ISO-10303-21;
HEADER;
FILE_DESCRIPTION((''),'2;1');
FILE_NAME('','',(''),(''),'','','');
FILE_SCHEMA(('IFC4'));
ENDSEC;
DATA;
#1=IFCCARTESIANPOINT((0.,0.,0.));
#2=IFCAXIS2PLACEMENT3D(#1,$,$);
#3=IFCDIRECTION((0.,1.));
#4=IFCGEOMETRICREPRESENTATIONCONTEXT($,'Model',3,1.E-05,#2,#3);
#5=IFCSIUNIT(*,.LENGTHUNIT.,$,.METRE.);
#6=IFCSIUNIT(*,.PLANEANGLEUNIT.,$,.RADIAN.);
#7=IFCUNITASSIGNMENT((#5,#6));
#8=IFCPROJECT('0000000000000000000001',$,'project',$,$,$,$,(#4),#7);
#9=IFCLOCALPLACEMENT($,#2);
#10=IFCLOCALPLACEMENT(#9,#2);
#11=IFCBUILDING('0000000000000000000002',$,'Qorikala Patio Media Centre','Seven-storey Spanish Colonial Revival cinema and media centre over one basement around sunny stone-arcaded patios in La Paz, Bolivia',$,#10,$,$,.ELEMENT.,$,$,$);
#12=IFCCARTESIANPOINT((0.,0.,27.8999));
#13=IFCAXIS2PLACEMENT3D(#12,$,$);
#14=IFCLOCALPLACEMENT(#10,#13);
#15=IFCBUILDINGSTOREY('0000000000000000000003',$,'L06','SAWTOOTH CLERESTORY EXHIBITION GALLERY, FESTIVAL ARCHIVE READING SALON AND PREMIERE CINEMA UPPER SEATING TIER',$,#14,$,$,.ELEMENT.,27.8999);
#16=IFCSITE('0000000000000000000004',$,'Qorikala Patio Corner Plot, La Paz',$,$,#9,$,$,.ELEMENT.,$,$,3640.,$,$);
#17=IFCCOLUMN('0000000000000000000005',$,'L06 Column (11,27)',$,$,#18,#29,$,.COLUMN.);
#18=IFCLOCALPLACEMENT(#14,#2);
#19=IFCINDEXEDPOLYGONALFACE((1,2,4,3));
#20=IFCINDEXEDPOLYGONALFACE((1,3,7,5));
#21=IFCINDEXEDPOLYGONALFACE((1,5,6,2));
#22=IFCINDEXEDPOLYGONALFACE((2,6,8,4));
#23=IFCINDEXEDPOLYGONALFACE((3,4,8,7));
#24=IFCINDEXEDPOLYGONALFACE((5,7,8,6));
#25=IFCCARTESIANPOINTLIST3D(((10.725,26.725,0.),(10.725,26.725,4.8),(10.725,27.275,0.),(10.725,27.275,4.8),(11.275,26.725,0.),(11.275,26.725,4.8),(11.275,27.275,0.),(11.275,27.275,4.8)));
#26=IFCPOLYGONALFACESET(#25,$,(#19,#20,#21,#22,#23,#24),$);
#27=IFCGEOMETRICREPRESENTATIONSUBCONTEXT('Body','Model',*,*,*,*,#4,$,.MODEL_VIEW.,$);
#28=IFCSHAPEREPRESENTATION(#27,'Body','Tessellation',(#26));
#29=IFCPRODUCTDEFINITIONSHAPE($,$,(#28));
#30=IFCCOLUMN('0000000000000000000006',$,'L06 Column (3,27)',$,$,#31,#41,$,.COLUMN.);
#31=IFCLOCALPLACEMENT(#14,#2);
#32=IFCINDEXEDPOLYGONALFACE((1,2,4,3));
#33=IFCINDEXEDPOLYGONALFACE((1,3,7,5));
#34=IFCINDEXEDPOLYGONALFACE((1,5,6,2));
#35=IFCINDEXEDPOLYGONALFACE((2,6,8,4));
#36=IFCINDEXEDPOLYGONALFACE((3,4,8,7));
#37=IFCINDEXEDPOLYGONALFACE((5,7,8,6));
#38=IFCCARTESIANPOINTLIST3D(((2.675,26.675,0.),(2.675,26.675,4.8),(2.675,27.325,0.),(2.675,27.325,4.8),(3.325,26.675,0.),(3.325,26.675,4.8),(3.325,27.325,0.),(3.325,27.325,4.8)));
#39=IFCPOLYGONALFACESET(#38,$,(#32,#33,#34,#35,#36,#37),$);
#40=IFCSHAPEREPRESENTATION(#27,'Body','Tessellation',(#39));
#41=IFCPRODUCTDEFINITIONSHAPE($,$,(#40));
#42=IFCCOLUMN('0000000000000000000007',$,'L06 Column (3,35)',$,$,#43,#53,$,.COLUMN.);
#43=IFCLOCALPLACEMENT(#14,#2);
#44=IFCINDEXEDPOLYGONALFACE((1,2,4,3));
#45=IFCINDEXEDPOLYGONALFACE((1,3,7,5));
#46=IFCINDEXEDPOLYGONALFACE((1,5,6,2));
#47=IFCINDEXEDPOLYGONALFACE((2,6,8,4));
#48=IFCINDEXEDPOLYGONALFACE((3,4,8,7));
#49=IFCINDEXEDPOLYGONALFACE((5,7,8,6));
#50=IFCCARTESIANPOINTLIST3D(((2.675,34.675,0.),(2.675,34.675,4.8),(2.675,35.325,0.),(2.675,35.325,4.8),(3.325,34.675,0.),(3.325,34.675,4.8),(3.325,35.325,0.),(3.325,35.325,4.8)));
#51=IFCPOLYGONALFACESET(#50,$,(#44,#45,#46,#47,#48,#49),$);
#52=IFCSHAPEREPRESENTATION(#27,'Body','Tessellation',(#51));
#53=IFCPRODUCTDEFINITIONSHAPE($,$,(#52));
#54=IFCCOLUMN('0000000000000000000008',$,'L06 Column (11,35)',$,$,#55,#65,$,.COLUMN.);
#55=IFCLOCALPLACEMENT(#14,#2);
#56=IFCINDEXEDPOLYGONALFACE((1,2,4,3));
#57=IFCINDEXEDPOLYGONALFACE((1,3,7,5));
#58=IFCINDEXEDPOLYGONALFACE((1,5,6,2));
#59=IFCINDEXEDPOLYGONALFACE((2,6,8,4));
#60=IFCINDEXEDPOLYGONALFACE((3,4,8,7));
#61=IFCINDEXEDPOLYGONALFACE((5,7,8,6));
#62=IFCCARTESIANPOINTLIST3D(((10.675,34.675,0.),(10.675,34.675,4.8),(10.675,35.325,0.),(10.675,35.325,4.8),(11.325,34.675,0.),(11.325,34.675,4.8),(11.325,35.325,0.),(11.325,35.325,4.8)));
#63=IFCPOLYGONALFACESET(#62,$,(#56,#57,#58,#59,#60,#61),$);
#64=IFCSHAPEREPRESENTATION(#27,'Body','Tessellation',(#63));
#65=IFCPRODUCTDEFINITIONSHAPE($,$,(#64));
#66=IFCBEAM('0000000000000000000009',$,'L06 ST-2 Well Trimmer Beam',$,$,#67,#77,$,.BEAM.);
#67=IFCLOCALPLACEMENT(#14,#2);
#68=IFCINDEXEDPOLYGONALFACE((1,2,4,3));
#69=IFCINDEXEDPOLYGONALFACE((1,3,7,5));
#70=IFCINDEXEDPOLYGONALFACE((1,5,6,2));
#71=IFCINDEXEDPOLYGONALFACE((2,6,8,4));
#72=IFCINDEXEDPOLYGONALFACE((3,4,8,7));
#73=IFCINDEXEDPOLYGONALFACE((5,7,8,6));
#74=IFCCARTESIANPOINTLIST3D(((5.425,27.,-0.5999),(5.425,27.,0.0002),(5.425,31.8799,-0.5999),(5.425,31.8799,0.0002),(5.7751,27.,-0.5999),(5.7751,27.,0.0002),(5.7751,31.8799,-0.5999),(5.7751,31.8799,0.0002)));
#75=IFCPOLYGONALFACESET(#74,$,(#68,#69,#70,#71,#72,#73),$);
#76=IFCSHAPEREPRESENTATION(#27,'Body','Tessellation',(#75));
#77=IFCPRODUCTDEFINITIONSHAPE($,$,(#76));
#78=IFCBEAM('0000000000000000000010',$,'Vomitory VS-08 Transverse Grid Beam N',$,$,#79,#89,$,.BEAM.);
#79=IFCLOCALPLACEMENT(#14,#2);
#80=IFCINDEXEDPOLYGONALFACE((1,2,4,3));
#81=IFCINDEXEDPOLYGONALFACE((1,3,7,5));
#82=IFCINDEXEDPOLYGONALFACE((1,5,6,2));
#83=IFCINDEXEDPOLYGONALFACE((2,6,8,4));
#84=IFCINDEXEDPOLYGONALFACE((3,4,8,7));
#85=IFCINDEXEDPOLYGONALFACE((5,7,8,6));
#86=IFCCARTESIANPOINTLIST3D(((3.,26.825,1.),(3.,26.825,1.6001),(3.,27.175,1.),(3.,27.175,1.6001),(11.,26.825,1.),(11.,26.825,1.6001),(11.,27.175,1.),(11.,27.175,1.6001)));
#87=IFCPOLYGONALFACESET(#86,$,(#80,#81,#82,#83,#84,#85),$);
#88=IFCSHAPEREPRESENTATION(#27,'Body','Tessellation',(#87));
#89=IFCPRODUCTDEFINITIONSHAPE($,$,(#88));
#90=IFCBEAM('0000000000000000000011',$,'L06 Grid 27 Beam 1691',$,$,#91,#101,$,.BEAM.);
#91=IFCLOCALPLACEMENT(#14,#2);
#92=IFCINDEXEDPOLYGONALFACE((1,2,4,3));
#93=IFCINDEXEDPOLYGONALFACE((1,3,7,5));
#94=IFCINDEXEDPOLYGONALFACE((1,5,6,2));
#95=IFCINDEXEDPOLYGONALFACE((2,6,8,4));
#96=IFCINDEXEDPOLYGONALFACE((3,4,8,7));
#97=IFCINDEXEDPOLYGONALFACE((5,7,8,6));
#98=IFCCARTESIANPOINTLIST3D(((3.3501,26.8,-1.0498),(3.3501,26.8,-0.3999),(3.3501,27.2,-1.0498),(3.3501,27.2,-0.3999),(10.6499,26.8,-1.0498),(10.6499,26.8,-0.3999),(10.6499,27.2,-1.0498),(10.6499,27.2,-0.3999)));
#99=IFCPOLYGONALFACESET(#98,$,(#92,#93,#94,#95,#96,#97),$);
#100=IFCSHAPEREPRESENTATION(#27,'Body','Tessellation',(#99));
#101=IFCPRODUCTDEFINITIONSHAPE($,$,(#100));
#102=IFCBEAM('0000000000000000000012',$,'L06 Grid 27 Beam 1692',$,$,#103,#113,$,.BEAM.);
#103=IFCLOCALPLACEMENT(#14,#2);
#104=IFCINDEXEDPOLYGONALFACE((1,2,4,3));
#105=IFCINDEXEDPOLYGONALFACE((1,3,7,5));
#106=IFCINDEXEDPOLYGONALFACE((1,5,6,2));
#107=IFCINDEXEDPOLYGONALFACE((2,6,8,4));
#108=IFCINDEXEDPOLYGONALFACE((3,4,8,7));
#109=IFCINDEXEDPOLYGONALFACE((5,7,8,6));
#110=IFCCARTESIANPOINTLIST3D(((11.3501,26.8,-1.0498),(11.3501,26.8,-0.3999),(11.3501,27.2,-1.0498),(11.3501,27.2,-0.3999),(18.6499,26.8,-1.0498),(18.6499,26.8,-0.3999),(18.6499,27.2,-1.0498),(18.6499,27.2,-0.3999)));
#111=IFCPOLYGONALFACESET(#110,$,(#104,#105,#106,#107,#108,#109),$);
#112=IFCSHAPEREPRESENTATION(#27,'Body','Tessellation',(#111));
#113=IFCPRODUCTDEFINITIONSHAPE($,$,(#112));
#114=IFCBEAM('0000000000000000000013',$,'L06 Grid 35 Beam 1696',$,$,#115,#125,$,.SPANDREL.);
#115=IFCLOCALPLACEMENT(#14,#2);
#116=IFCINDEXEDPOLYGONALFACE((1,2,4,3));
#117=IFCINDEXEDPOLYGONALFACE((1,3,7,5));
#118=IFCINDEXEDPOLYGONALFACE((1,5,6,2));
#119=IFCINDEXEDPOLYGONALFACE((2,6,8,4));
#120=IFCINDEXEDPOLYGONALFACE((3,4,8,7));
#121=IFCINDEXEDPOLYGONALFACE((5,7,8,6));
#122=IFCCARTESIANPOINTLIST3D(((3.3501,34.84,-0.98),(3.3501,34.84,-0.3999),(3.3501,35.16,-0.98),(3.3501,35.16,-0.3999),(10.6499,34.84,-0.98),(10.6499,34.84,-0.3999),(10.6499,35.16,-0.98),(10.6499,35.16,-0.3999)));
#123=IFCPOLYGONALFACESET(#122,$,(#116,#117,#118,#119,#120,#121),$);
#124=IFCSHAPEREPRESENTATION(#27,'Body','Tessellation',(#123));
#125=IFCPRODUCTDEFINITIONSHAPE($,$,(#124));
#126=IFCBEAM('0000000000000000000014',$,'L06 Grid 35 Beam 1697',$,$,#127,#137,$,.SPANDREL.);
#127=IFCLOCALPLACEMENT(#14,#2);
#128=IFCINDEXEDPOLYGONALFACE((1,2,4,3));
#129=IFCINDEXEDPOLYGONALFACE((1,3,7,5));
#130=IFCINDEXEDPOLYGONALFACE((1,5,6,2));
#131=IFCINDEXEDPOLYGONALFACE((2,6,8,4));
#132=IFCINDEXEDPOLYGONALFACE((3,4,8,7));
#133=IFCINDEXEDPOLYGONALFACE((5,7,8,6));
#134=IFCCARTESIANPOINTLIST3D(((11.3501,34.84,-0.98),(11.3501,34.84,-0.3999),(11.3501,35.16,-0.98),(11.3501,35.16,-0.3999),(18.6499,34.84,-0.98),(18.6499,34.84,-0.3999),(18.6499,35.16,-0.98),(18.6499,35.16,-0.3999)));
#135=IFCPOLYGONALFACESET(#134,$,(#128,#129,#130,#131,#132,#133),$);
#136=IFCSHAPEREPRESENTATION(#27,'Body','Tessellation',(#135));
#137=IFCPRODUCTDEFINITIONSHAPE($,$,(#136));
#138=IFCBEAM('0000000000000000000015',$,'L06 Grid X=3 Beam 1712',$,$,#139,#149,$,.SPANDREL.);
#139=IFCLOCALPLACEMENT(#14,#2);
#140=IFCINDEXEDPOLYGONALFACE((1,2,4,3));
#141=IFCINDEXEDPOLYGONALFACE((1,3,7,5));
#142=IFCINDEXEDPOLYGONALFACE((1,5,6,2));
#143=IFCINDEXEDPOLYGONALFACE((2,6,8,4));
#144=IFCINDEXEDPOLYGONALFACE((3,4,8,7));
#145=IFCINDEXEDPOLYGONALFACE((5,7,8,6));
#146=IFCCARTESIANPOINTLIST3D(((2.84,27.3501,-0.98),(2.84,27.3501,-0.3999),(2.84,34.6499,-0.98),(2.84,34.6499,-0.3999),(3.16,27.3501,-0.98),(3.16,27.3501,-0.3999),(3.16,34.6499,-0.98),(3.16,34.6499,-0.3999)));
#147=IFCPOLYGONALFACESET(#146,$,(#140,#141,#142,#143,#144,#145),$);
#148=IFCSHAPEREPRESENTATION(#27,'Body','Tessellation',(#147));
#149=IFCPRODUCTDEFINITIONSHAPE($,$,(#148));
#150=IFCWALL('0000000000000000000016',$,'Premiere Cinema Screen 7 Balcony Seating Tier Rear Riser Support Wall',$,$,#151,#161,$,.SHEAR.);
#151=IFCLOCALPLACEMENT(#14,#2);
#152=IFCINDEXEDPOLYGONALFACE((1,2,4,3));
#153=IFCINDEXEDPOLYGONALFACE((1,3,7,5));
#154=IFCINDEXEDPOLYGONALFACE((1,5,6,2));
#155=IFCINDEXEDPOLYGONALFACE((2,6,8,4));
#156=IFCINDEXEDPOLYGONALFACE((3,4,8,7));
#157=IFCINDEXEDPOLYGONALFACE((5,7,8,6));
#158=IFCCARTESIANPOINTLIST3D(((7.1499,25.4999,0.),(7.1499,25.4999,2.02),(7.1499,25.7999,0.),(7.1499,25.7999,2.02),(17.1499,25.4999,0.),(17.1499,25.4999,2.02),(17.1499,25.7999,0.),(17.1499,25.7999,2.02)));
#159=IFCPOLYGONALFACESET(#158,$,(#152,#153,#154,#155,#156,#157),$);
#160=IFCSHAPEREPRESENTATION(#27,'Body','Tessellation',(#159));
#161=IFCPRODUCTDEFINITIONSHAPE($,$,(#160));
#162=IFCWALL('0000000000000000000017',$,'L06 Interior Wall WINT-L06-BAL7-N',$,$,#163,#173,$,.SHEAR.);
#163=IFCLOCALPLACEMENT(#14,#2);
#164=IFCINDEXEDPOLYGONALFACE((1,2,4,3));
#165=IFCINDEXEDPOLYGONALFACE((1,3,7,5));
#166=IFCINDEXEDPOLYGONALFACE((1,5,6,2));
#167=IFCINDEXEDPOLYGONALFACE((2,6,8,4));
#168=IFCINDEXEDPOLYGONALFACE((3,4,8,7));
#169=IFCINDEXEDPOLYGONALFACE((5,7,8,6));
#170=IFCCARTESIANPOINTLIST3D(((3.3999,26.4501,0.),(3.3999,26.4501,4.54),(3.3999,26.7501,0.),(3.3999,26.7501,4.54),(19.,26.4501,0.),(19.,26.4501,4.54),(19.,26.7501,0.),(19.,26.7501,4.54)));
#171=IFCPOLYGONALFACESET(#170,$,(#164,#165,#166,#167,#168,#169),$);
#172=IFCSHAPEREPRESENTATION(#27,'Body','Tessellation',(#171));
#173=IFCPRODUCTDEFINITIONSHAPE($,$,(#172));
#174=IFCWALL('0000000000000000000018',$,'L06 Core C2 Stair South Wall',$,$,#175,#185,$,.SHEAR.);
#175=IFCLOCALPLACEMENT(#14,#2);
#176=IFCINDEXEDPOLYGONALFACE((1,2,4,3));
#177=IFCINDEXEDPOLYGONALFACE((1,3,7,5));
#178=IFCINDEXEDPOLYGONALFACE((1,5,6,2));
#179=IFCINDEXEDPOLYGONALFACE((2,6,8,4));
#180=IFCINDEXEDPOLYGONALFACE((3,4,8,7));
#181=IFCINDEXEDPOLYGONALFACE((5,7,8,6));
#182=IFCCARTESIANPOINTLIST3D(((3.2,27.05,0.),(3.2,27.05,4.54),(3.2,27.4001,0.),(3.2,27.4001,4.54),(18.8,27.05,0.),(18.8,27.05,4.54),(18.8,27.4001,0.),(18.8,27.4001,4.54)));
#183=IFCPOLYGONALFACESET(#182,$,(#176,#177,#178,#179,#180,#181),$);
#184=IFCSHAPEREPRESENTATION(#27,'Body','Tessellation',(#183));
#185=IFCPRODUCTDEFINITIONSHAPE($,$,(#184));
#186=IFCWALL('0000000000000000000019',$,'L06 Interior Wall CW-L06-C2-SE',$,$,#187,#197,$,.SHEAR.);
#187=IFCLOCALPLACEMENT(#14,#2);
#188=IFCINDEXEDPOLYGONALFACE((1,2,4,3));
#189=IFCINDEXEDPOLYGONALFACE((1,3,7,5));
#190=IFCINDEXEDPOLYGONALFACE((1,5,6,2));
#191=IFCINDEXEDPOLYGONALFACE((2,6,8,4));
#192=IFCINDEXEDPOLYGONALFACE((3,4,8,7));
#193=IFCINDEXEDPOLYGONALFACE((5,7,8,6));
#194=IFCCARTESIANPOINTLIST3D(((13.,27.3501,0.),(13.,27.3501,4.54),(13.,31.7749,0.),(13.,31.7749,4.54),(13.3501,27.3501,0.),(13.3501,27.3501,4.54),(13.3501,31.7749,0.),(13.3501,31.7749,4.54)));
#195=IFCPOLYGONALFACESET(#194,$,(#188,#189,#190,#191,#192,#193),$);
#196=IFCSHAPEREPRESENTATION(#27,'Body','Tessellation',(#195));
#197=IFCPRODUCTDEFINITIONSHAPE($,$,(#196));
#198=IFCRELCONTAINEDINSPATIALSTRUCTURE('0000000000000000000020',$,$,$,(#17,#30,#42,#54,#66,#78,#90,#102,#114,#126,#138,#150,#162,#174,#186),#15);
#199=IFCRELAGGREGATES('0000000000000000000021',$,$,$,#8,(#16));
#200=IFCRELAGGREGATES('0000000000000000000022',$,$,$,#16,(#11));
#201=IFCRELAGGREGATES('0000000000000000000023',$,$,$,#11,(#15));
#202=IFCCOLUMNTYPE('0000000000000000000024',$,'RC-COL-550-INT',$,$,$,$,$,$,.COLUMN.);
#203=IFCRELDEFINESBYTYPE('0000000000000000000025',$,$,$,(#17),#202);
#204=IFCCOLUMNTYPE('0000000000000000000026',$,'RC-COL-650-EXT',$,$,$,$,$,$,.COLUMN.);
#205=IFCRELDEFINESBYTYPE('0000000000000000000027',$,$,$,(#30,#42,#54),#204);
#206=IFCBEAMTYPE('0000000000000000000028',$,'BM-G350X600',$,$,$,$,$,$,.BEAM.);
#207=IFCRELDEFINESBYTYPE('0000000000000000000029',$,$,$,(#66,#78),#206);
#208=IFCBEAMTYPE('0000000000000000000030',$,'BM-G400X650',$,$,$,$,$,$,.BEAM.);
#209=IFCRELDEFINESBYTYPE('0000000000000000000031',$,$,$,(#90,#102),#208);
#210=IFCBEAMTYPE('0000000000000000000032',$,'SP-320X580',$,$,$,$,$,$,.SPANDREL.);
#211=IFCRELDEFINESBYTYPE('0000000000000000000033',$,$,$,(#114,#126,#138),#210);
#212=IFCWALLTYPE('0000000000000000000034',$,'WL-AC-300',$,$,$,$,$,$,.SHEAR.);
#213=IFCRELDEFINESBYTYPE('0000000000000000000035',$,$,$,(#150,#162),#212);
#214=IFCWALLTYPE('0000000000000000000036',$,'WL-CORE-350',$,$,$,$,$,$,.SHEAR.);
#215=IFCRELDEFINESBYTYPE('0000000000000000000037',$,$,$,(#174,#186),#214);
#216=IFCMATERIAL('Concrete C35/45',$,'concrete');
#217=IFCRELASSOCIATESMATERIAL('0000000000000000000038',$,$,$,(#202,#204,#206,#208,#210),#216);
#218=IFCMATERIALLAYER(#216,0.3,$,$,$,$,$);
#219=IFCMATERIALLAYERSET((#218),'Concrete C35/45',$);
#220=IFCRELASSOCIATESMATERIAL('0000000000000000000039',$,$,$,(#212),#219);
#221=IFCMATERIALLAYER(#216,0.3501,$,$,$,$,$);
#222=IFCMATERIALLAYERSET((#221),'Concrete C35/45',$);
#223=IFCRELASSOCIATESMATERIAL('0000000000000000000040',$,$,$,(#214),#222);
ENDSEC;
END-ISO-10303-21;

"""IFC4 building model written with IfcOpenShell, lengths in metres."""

from ifc_helpers import new_model, si_unit, direction, frame, frame_2d, origin, origin_2d, place, context, subcontext, project, spatial, rectangle, extrude, material, layer, layer_set, material_profile, profile_set, type_object, element, save


model = new_model("IFC4")

# Units and contexts
model_context = context("Model", 3, precision=1e-05, world=origin(), true_north=direction((0.0, 1.0)))
body_context = subcontext(model_context, "Body", "Model", "MODEL_VIEW")
ifc_project = project(units=[si_unit("LENGTHUNIT", "METRE"), si_unit("PLANEANGLEUNIT", "RADIAN")], contexts=[model_context])

# Site, building, storey
site_placement = place(None, origin())
site = spatial("IfcSite", under=ifc_project, at=site_placement, Name="Qorikala Patio Corner Plot, La Paz", CompositionType="ELEMENT", RefElevation=3640.0)
building_placement = place(site_placement, origin())
building = spatial("IfcBuilding", under=site, at=building_placement, Name="Qorikala Patio Media Centre", Description="Seven-storey Spanish Colonial Revival cinema and media centre over one basement around sunny stone-arcaded patios in La Paz, Bolivia", CompositionType="ELEMENT")
storey_placement = place(building_placement, frame((0.0, 0.0, 27.8999)))
storey = spatial("IfcBuildingStorey", under=building, at=storey_placement, Name="L06", Description="SAWTOOTH CLERESTORY EXHIBITION GALLERY, FESTIVAL ARCHIVE READING SALON AND PREMIERE CINEMA UPPER SEATING TIER", CompositionType="ELEMENT", Elevation=27.8999)

# Columns
ifc_material_1 = material(Name="Concrete C35/45", Category="concrete")
ifc_material_profile_1 = material_profile(ifc_material_1, rectangle(XDim=0.55, YDim=0.55, at=origin_2d()), Name="RC 550x550")
ifc_profile_set_1 = profile_set([ifc_material_profile_1], Name="Concrete C35/45")
column_type_1 = type_object("IfcColumnType", Name="RC-COL-550-INT", PredefinedType="COLUMN", material=ifc_profile_set_1)
column_placement = place(storey_placement, frame((11.0, 27.0, 0.0), z_axis=(0.0, 0.0, 1.0), x_axis=(1.0, 0.0, 0.0)))
element("IfcColumn", 1, at=column_placement, inside=storey, type_object=column_type_1, Name="L06 Column (11,27)", PredefinedType="COLUMN", context=body_context, shape_type="SweptSolid", body=[
    extrude(rectangle(XDim=0.55, YDim=0.55, at=origin_2d()), origin(), (0.0, 0.0, 1.0), 4.8),
])
ifc_material_profile_2 = material_profile(ifc_material_1, rectangle(XDim=0.6499, YDim=0.6499, at=origin_2d()), Name="RC 650x650")
ifc_profile_set_2 = profile_set([ifc_material_profile_2], Name="Concrete C35/45")
column_type_2 = type_object("IfcColumnType", Name="RC-COL-650-EXT", PredefinedType="COLUMN", material=ifc_profile_set_2)
for number, where, z_axis, x_axis, name in (
    (2, (3.0, 27.0, 0.0), (0.0, 0.0, 1.0), (1.0, 0.0, 0.0), "L06 Column (3,27)"),
    (3, (3.0, 35.0, 0.0), (0.0, 0.0, 1.0), (1.0, 0.0, 0.0), "L06 Column (3,35)"),
    (4, (11.0, 35.0, 0.0), (0.0, 0.0, 1.0), (1.0, 0.0, 0.0), "L06 Column (11,35)"),
):
    element("IfcColumn", number, at=place(storey_placement, frame(where, z_axis=z_axis, x_axis=x_axis)), inside=storey, type_object=column_type_2, Name=name, PredefinedType="COLUMN", context=body_context, shape_type="SweptSolid", body=[
        extrude(rectangle(XDim=0.6499, YDim=0.6499, at=origin_2d()), origin(), (0.0, 0.0, 1.0), 4.8),
    ])

# Beams
ifc_material_profile_3 = material_profile(ifc_material_1, rectangle(XDim=0.3501, YDim=0.6001, at=origin_2d()), Name="RC 350x600")
ifc_profile_set_3 = profile_set([ifc_material_profile_3], Name="Concrete C35/45")
beam_type_1 = type_object("IfcBeamType", Name="BM-G350X600", PredefinedType="BEAM", material=ifc_profile_set_3)
beam_1_placement = place(storey_placement, frame((5.6001, 27.0, -0.2998), z_axis=(0.0, 1.0, 0.0), x_axis=(-1.0, 0.0, 0.0)))
element("IfcBeam", 5, at=beam_1_placement, inside=storey, type_object=beam_type_1, Name="L06 ST-2 Well Trimmer Beam", PredefinedType="BEAM", context=body_context, shape_type="SweptSolid", body=[
    extrude(rectangle(XDim=0.3501, YDim=0.6001, at=origin_2d()), origin(), (0.0, 0.0, 1.0), 4.8799),
])
beam_2_placement = place(storey_placement, frame((3.0, 27.0, 1.3), z_axis=(1.0, 0.0, 0.0), x_axis=(0.0, 1.0, 0.0)))
element("IfcBeam", 6, at=beam_2_placement, inside=storey, type_object=beam_type_1, Name="Vomitory VS-08 Transverse Grid Beam N", PredefinedType="BEAM", context=body_context, shape_type="SweptSolid", body=[
    extrude(rectangle(XDim=0.3501, YDim=0.6001, at=origin_2d()), origin(), (0.0, 0.0, 1.0), 8.0),
])
ifc_material_profile_4 = material_profile(ifc_material_1, rectangle(XDim=0.3999, YDim=0.6499, at=origin_2d()), Name="RC 400x650")
ifc_profile_set_4 = profile_set([ifc_material_profile_4], Name="Concrete C35/45")
beam_type_2 = type_object("IfcBeamType", Name="BM-G400X650", PredefinedType="BEAM", material=ifc_profile_set_4)
for number, where, z_axis, x_axis, name in (
    (7, (3.3501, 27.0, -0.7249), (1.0, 0.0, 0.0), (0.0, 1.0, 0.0), "L06 Grid 27 Beam 1691"),
    (8, (11.3501, 27.0, -0.7249), (1.0, 0.0, 0.0), (0.0, 1.0, 0.0), "L06 Grid 27 Beam 1692"),
):
    element("IfcBeam", number, at=place(storey_placement, frame(where, z_axis=z_axis, x_axis=x_axis)), inside=storey, type_object=beam_type_2, Name=name, PredefinedType="BEAM", context=body_context, shape_type="SweptSolid", body=[
        extrude(rectangle(XDim=0.3999, YDim=0.6499, at=origin_2d()), origin(), (0.0, 0.0, 1.0), 7.2998),
    ])
ifc_material_profile_5 = material_profile(ifc_material_1, rectangle(XDim=0.3201, YDim=0.5801, at=origin_2d()), Name="RC 320x580")
ifc_profile_set_5 = profile_set([ifc_material_profile_5], Name="Concrete C35/45")
beam_type_3 = type_object("IfcBeamType", Name="SP-320X580", PredefinedType="SPANDREL", material=ifc_profile_set_5)
for number, where, z_axis, x_axis, name in (
    (9, (3.3501, 35.0, -0.6899), (1.0, 0.0, 0.0), (0.0, 1.0, 0.0), "L06 Grid 35 Beam 1696"),
    (10, (11.3501, 35.0, -0.6899), (1.0, 0.0, 0.0), (0.0, 1.0, 0.0), "L06 Grid 35 Beam 1697"),
    (11, (3.0, 27.3501, -0.6899), (0.0, 1.0, 0.0), (-1.0, 0.0, 0.0), "L06 Grid X=3 Beam 1712"),
):
    element("IfcBeam", number, at=place(storey_placement, frame(where, z_axis=z_axis, x_axis=x_axis)), inside=storey, type_object=beam_type_3, Name=name, PredefinedType="SPANDREL", context=body_context, shape_type="SweptSolid", body=[
        extrude(rectangle(XDim=0.3201, YDim=0.5801, at=origin_2d()), origin(), (0.0, 0.0, 1.0), 7.2998),
    ])

# Walls
ifc_layer_1 = layer(ifc_material_1, 0.3)
ifc_layer_set_1 = layer_set([ifc_layer_1], Name="Concrete C35/45")
wall_type_1 = type_object("IfcWallType", Name="WL-AC-300", PredefinedType="SHEAR", material=ifc_layer_set_1)
wall_1_placement = place(storey_placement, frame((7.1499, 25.6499, 0.0), z_axis=(0.0, 0.0, 1.0), x_axis=(1.0, 0.0, 0.0)))
element("IfcWall", 12, at=wall_1_placement, inside=storey, type_object=wall_type_1, Name="Premiere Cinema Screen 7 Balcony Seating Tier Rear Riser Support Wall", PredefinedType="SHEAR", context=body_context, shape_type="SweptSolid", body=[
    extrude(rectangle(XDim=10.0, YDim=0.3, at=frame_2d((5.0, 0.0))), origin(), (0.0, 0.0, 1.0), 2.02),
])
wall_2_placement = place(storey_placement, frame((3.3999, 26.6001, 0.0), z_axis=(0.0, 0.0, 1.0), x_axis=(1.0, 0.0, 0.0)))
element("IfcWall", 13, at=wall_2_placement, inside=storey, type_object=wall_type_1, Name="L06 Interior Wall WINT-L06-BAL7-N", PredefinedType="SHEAR", context=body_context, shape_type="SweptSolid", body=[
    extrude(rectangle(XDim=15.6001, YDim=0.3, at=frame_2d((7.8, 0.0))), origin(), (0.0, 0.0, 1.0), 4.54),
])
ifc_layer_2 = layer(ifc_material_1, 0.3501)
ifc_layer_set_2 = layer_set([ifc_layer_2], Name="Concrete C35/45")
wall_type_2 = type_object("IfcWallType", Name="WL-CORE-350", PredefinedType="SHEAR", material=ifc_layer_set_2)
wall_3_placement = place(storey_placement, frame((3.2, 27.2251, 0.0), z_axis=(0.0, 0.0, 1.0), x_axis=(1.0, 0.0, 0.0)))
element("IfcWall", 14, at=wall_3_placement, inside=storey, type_object=wall_type_2, Name="L06 Core C2 Stair South Wall", PredefinedType="SHEAR", context=body_context, shape_type="SweptSolid", body=[
    extrude(rectangle(XDim=15.6001, YDim=0.3501, at=frame_2d((7.8, 0.0))), origin(), (0.0, 0.0, 1.0), 4.54),
])
wall_4_placement = place(storey_placement, frame((13.175, 27.3501, 0.0), z_axis=(0.0, 0.0, 1.0), x_axis=(0.0, 1.0, 0.0)))
element("IfcWall", 15, at=wall_4_placement, inside=storey, type_object=wall_type_2, Name="L06 Interior Wall CW-L06-C2-SE", PredefinedType="SHEAR", context=body_context, shape_type="SweptSolid", body=[
    extrude(rectangle(XDim=4.4248, YDim=0.3501, at=frame_2d((2.2124, 0.0))), origin(), (0.0, 0.0, 1.0), 4.54),
])

save(model, "model.ifc")
